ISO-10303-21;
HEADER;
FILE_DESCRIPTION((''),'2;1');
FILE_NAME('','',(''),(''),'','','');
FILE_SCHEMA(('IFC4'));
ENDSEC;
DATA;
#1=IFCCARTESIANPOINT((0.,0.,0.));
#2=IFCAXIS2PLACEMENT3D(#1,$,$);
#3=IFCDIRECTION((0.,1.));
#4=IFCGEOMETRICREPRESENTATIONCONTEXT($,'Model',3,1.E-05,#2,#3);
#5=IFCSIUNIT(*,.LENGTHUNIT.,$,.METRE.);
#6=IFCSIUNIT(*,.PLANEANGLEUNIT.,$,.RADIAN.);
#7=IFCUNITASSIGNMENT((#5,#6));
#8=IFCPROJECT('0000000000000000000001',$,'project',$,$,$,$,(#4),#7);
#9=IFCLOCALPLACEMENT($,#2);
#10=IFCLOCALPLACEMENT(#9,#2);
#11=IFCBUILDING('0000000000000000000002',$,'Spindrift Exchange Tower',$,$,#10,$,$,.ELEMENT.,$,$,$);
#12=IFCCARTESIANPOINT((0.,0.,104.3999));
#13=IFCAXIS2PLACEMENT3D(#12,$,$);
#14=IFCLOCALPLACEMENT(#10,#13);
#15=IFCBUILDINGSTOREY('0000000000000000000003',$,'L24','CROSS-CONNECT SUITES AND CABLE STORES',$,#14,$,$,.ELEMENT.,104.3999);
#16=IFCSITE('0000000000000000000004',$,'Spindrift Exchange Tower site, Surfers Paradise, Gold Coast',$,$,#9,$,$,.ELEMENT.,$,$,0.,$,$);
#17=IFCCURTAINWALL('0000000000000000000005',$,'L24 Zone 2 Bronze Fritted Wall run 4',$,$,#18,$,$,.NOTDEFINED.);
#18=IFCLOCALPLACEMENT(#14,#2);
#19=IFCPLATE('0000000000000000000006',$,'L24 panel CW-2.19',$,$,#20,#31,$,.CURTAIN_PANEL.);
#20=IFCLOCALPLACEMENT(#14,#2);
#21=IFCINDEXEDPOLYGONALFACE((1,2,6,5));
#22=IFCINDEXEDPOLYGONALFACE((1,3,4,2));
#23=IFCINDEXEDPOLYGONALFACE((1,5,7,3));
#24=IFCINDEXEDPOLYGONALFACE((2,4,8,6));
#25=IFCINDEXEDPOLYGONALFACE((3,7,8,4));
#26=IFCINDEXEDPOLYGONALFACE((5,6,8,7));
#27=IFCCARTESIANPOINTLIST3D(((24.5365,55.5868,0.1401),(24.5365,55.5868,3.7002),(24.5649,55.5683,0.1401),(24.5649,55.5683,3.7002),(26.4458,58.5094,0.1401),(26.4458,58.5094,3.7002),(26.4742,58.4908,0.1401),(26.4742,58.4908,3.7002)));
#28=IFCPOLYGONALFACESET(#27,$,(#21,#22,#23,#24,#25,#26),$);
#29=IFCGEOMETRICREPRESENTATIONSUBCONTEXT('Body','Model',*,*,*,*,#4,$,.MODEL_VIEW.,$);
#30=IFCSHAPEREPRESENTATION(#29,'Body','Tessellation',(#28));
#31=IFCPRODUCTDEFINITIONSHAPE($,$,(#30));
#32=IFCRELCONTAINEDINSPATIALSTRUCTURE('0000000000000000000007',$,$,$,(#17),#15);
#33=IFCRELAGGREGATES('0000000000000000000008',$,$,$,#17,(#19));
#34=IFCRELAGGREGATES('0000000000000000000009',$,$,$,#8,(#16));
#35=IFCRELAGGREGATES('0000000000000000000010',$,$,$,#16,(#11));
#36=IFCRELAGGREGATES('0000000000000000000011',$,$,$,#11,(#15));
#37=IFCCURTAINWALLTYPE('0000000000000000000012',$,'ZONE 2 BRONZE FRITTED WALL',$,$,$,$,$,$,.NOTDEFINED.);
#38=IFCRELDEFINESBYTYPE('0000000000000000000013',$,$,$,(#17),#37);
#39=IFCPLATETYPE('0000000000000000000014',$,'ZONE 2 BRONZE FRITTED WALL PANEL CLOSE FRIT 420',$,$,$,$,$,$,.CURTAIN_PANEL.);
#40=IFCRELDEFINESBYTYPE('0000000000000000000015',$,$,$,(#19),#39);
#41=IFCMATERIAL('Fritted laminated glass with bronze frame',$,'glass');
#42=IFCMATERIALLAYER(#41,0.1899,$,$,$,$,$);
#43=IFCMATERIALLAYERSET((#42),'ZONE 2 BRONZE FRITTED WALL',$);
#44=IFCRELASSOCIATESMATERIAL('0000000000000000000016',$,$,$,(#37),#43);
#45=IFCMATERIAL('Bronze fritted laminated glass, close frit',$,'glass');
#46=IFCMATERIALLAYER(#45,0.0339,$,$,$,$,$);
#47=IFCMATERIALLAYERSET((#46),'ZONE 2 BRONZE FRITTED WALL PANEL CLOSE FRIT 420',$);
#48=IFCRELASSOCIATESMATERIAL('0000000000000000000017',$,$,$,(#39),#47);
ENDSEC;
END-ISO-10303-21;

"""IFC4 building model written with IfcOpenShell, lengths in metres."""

from ifc_helpers import new_model, si_unit, direction, frame, origin, origin_2d, place, context, subcontext, project, spatial, rectangle, extrude, source, transform, mapped, material, layer, layer_set, type_object, element, aggregate, save


model = new_model("IFC4")

# Units and contexts
model_context = context("Model", 3, precision=1e-05, world=origin(), true_north=direction((0.0, 1.0)))
body_context = subcontext(model_context, "Body", "Model", "MODEL_VIEW")
ifc_project = project(units=[si_unit("LENGTHUNIT", "METRE"), si_unit("PLANEANGLEUNIT", "RADIAN")], contexts=[model_context])

# Site, building, storey
site_placement = place(None, origin())
site = spatial("IfcSite", under=ifc_project, at=site_placement, Name="Spindrift Exchange Tower site, Surfers Paradise, Gold Coast", CompositionType="ELEMENT", RefElevation=0.0)
building_placement = place(site_placement, origin())
building = spatial("IfcBuilding", under=site, at=building_placement, Name="Spindrift Exchange Tower", CompositionType="ELEMENT")
storey_placement = place(building_placement, frame((0.0, 0.0, 104.3999)))
storey = spatial("IfcBuildingStorey", under=building, at=storey_placement, Name="L24", Description="CROSS-CONNECT SUITES AND CABLE STORES", CompositionType="ELEMENT", Elevation=104.3999)

# Curtain wall, plate
ifc_material_1 = material(Name="Fritted laminated glass with bronze frame", Category="glass")
ifc_layer_1 = layer(ifc_material_1, 0.1899)
ifc_layer_set_1 = layer_set([ifc_layer_1], Name="ZONE 2 BRONZE FRITTED WALL")
curtain_wall_type = type_object("IfcCurtainWallType", Name="ZONE 2 BRONZE FRITTED WALL", PredefinedType="NOTDEFINED", material=ifc_layer_set_1)
curtain_wall_placement = place(storey_placement, origin())
curtain_wall = element("IfcCurtainWall", 1, at=curtain_wall_placement, inside=storey, type_object=curtain_wall_type, Name="L24 Zone 2 Bronze Fritted Wall run 4", PredefinedType="NOTDEFINED")
ifc_material_2 = material(Name="Bronze fritted laminated glass, close frit", Category="glass")
ifc_layer_2 = layer(ifc_material_2, 0.0339)
ifc_layer_set_2 = layer_set([ifc_layer_2], Name="ZONE 2 BRONZE FRITTED WALL PANEL CLOSE FRIT 420")
plate_type_1 = type_object("IfcPlateType", Name="ZONE 2 BRONZE FRITTED WALL PANEL CLOSE FRIT 420", PredefinedType="CURTAIN_PANEL", material=ifc_layer_set_2)
shared_shape_1 = source(origin(), body_context, "Body", "SweptSolid", [
    extrude(rectangle(XDim=3.491, YDim=0.0339, at=origin_2d()), origin(), (0.0, 0.0, 1.0), 3.5601),
])
plate_1_placement = place(storey_placement, frame((25.5054, 57.0388, 0.1401), z_axis=(0.0, 0.0, 1.0), x_axis=(-0.546937, -0.837174, 0.0)))
plate_1 = element("IfcPlate", 2, at=plate_1_placement, type_object=plate_type_1, Name="L24 panel CW-2.19", PredefinedType="CURTAIN_PANEL", context=body_context, shape_type="MappedRepresentation", body=[
    mapped(shared_shape_1, transform((0.0, 0.0, 0.0), scale=1.0)),
])
aggregate(curtain_wall, [plate_1])

save(model, "model.ifc")
